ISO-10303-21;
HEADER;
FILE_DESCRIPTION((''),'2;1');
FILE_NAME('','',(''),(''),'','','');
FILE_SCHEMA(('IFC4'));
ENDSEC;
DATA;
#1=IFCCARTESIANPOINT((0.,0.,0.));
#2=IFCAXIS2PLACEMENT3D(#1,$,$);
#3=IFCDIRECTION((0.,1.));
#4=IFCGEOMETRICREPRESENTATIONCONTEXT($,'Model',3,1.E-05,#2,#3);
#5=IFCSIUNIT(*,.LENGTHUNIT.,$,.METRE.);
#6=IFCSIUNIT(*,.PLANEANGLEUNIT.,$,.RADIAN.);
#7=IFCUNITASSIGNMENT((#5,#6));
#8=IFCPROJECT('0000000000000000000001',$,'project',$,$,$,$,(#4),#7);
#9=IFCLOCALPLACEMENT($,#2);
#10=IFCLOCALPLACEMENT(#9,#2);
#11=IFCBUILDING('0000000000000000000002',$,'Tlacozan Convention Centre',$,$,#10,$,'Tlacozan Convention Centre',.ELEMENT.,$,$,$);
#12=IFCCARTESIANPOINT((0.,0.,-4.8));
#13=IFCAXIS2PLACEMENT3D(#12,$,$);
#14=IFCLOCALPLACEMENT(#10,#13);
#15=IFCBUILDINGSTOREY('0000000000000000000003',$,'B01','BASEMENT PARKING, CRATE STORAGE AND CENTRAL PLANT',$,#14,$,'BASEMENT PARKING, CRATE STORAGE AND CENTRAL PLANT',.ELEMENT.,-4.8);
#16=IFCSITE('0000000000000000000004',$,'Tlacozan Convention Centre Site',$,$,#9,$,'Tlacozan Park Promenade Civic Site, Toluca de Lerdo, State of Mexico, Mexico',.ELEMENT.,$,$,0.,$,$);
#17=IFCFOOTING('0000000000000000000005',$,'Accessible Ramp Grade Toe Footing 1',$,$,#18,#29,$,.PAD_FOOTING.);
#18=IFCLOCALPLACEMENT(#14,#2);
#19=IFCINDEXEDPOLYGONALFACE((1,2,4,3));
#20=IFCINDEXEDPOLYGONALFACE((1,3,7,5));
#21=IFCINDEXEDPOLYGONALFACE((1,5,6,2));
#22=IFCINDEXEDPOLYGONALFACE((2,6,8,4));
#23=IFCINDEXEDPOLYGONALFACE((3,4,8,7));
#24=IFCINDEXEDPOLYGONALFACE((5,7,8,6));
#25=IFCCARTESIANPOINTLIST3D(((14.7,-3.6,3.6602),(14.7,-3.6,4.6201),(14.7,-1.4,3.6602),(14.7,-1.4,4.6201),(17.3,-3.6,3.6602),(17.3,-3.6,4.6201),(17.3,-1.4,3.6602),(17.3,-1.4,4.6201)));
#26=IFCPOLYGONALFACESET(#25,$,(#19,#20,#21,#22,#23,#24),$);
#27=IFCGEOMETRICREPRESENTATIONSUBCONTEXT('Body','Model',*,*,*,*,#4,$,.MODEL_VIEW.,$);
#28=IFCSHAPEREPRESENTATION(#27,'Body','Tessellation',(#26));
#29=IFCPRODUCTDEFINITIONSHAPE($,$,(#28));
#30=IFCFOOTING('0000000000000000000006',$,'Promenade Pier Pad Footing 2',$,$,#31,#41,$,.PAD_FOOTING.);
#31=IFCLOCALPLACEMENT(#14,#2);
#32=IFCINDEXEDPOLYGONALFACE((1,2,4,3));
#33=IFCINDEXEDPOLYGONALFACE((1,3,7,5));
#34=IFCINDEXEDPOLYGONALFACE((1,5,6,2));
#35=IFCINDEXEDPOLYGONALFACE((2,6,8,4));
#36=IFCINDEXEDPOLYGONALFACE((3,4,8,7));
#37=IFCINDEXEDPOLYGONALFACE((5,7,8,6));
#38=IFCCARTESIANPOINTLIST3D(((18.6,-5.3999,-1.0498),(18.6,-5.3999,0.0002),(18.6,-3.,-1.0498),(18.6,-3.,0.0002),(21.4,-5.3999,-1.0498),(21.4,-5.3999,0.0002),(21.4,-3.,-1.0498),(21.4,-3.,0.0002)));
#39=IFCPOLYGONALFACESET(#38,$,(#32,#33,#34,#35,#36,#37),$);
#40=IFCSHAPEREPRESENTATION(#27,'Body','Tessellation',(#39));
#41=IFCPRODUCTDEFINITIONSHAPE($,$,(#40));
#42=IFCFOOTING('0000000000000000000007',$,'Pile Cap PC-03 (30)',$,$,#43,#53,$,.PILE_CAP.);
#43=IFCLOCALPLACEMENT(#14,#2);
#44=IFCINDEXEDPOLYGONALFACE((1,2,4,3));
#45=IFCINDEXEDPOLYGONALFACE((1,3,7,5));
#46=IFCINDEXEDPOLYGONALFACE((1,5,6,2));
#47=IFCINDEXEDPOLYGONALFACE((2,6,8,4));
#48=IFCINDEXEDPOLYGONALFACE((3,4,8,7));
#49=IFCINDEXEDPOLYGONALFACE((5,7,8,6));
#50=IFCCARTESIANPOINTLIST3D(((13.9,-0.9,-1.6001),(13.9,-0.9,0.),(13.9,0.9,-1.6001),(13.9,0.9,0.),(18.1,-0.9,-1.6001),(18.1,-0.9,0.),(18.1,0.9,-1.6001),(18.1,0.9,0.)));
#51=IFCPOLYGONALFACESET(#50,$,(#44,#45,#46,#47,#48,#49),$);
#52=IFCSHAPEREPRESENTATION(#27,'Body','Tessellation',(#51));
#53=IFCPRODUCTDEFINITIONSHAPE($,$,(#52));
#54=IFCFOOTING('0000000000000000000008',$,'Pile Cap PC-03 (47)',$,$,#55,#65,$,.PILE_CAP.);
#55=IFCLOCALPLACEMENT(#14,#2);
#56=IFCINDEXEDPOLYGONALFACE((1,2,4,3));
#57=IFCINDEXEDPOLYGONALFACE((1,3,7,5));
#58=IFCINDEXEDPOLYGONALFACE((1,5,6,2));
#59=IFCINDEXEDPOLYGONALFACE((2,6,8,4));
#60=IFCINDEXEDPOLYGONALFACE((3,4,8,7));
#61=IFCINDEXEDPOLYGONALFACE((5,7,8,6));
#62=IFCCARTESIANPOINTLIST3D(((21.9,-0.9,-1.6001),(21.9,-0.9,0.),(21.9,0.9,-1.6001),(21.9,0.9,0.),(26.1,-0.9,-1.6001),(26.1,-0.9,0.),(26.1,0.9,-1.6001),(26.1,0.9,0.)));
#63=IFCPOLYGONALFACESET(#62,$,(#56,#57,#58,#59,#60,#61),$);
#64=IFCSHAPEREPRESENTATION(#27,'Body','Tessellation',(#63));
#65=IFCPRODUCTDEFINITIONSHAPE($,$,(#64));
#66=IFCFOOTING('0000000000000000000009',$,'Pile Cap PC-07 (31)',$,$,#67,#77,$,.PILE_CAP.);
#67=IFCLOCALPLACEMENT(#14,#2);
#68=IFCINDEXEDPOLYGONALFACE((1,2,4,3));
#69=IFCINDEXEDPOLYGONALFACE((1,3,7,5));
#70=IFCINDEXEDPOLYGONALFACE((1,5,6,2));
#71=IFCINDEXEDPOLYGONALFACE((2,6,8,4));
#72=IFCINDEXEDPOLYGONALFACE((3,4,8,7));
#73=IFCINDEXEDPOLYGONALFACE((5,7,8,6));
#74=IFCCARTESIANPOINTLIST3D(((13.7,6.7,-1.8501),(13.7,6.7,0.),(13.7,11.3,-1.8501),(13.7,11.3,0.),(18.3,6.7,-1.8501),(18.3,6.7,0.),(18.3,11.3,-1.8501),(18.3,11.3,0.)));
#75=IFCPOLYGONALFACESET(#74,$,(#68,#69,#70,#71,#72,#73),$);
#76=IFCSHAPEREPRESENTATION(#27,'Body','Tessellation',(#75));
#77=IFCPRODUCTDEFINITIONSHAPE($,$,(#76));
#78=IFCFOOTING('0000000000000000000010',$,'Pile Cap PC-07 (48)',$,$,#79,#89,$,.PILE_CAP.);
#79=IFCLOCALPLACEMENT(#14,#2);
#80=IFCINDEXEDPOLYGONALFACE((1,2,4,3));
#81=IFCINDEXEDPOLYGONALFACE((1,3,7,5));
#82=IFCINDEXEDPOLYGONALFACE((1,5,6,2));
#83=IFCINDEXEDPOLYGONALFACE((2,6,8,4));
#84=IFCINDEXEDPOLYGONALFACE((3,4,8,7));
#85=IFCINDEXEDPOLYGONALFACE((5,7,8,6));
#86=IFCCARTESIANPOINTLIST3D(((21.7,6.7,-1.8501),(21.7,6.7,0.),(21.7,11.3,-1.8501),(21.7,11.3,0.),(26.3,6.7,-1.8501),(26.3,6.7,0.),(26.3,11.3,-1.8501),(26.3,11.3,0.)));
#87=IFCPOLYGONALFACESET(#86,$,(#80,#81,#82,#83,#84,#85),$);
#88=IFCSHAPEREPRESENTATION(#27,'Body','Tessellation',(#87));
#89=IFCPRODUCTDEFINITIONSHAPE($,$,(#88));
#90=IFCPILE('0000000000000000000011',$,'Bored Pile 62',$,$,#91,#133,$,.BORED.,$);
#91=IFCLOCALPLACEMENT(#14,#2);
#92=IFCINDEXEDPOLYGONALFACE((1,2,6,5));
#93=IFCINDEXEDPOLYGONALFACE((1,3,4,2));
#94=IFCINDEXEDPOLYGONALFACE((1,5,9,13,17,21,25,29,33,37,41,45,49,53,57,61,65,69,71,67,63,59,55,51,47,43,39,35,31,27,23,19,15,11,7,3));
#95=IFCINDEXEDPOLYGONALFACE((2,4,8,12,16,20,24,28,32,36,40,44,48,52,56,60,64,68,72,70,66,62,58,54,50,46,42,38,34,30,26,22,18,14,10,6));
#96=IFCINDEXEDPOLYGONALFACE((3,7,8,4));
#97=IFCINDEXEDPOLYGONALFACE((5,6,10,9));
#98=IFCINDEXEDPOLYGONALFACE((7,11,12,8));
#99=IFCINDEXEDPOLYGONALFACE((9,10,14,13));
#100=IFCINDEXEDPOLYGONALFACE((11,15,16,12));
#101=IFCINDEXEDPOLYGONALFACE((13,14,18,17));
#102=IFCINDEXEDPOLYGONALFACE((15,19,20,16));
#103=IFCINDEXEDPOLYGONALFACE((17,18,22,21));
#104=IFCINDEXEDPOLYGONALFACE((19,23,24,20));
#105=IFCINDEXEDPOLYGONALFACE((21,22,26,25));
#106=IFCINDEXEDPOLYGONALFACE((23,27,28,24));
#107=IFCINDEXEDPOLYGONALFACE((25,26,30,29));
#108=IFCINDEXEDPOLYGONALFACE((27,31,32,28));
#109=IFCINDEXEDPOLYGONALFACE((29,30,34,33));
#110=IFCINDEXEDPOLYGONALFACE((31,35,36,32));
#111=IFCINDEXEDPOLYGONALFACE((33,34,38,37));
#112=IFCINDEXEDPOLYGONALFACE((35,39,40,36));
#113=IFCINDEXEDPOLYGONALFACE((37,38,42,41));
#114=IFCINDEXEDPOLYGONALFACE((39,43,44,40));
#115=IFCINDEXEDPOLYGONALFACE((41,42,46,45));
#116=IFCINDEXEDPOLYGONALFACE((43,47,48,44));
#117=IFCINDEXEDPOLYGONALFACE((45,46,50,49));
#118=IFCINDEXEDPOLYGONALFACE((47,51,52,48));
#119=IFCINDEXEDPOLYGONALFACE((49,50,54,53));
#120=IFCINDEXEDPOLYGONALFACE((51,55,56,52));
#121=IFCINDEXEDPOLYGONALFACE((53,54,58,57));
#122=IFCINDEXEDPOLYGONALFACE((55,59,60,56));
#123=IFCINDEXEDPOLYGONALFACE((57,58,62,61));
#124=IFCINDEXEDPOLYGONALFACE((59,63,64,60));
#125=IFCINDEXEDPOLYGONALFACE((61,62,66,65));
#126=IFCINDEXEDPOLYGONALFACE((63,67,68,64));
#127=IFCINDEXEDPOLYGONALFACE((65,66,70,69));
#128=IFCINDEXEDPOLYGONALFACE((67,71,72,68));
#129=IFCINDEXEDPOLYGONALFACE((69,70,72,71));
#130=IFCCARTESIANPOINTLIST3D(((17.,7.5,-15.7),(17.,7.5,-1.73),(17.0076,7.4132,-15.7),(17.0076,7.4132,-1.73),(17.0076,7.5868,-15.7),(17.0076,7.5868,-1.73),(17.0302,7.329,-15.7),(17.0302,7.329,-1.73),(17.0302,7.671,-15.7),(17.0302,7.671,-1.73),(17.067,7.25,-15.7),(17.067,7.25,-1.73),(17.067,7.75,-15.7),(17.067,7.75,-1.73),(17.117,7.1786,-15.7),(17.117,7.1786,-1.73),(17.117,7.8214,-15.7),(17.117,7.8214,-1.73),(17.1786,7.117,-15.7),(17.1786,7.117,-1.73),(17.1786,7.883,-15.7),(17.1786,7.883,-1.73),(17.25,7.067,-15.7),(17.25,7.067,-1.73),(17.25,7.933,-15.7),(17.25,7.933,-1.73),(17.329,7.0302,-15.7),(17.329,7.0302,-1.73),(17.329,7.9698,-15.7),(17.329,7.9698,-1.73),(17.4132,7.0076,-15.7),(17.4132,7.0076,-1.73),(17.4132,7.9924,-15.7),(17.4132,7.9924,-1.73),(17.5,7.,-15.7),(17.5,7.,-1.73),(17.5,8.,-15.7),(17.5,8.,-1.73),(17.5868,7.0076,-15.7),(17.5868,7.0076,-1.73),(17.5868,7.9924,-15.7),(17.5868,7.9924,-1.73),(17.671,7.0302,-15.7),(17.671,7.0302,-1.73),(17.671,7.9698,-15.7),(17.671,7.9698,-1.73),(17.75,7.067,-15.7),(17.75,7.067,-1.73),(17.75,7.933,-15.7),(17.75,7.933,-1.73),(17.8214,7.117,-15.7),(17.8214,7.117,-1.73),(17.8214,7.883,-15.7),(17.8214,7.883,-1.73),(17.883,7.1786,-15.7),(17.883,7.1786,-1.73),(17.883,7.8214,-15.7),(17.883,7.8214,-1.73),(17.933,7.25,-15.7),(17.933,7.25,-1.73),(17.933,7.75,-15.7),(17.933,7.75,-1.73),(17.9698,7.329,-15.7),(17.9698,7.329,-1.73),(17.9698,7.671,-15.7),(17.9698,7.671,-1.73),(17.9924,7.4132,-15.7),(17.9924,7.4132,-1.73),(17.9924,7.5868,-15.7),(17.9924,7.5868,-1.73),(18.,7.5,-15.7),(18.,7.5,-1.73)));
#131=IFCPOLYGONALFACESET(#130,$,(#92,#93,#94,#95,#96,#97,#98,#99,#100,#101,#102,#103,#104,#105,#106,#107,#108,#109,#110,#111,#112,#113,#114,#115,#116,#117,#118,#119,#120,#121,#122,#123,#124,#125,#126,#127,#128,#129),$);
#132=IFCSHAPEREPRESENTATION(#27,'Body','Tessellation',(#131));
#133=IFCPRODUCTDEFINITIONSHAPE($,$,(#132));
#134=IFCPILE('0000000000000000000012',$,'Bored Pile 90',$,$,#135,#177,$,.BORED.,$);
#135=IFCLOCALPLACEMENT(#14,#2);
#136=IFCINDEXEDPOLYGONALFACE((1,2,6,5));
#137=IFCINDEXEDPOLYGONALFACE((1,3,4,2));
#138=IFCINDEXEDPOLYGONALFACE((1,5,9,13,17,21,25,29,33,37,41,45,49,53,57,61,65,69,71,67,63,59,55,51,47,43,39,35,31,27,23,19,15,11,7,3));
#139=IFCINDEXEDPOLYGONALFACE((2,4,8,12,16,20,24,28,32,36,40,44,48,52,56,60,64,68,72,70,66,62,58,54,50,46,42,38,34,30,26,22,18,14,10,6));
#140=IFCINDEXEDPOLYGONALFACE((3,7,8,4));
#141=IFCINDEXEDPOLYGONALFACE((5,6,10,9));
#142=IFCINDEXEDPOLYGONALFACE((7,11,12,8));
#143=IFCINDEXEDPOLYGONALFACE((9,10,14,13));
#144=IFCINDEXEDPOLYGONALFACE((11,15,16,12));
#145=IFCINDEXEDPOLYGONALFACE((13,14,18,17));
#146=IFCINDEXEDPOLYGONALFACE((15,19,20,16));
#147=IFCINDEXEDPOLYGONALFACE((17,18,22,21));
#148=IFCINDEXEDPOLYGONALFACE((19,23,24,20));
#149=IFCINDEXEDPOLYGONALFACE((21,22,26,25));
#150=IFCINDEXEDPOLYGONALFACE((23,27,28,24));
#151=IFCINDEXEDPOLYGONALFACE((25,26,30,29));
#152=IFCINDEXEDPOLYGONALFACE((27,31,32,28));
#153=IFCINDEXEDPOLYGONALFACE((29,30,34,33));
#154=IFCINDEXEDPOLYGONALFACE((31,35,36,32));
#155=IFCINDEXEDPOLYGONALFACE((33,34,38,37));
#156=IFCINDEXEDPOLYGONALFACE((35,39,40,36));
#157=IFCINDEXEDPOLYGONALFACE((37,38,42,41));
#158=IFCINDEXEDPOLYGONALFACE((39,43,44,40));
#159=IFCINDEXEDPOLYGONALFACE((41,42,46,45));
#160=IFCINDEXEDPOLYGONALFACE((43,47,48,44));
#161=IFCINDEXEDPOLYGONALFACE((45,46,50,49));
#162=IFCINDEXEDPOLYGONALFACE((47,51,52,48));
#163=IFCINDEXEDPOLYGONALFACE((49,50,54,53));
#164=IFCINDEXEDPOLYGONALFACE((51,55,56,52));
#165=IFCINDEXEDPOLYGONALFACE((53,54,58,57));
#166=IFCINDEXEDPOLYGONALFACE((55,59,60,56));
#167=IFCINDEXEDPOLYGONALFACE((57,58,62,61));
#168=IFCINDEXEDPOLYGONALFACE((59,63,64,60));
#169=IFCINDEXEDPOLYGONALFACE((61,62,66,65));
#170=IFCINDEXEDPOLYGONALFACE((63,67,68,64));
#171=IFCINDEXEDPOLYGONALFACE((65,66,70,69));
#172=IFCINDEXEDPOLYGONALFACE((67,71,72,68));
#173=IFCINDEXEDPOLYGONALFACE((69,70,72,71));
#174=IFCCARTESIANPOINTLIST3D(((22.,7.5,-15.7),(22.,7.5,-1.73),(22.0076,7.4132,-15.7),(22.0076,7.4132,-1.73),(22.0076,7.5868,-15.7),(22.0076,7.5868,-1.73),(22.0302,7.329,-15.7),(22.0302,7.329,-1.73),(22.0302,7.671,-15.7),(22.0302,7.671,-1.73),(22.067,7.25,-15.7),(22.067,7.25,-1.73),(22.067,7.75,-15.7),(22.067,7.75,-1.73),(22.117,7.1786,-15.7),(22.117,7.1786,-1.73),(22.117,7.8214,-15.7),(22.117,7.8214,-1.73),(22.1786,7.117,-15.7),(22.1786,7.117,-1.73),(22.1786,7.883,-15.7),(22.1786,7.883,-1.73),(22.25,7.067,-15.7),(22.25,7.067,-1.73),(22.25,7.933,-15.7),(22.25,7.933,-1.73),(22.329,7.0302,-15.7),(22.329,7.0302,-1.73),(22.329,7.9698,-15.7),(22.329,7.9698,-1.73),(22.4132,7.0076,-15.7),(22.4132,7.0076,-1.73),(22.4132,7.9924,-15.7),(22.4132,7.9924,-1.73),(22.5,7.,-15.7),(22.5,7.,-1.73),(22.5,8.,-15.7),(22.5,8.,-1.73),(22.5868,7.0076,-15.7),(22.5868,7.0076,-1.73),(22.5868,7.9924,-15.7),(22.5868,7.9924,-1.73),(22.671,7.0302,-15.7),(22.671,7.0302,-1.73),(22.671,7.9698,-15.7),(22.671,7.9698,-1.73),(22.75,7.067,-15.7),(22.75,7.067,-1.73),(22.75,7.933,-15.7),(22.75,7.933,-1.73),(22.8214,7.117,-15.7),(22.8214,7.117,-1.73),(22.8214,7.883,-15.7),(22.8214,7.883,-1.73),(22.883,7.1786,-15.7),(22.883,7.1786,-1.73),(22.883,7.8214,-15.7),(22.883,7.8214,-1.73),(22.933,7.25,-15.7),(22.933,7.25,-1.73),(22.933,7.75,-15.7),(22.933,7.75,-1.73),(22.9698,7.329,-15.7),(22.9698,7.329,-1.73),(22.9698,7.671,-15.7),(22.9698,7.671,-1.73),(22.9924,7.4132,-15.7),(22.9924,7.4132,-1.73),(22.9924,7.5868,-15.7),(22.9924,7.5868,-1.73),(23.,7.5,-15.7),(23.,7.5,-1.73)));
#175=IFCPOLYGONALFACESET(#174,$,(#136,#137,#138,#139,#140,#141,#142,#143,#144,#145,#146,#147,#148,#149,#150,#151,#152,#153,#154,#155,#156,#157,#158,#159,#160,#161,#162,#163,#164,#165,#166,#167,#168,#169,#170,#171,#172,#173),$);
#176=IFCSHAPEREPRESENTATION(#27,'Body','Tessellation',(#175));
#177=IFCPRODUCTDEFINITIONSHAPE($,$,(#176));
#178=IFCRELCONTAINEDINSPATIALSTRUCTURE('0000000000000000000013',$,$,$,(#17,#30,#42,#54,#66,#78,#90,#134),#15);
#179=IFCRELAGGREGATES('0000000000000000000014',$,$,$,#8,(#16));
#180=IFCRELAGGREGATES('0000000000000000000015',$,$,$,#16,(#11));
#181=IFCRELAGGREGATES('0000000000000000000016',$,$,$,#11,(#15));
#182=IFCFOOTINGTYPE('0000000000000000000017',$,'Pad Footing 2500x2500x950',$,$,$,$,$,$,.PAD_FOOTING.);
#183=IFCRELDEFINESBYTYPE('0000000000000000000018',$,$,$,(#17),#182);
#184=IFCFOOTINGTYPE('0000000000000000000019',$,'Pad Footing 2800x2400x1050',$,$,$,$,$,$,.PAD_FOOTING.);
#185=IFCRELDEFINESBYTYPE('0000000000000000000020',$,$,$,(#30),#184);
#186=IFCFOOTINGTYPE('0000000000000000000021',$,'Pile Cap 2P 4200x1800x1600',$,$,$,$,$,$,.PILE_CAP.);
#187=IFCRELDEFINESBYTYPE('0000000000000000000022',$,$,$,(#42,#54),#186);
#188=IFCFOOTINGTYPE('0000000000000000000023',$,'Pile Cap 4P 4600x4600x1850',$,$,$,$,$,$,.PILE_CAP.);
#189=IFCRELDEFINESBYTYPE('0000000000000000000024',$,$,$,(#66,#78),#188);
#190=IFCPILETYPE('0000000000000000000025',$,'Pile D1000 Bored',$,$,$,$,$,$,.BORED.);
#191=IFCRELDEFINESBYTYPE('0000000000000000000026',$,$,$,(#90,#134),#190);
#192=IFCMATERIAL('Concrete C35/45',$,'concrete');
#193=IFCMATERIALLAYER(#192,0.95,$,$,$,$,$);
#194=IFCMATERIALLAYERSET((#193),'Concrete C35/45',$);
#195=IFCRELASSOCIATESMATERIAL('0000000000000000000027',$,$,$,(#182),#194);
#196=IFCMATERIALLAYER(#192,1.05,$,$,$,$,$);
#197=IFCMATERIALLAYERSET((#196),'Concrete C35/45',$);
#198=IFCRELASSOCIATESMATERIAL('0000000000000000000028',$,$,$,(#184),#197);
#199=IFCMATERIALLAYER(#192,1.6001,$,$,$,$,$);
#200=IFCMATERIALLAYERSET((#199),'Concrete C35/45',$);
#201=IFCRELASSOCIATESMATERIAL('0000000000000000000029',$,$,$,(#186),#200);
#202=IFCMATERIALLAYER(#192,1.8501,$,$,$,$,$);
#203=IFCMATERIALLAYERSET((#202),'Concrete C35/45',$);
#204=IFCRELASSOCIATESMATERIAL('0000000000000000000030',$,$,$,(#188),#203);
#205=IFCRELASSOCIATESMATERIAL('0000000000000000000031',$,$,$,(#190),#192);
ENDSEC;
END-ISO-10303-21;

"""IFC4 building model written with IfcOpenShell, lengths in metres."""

from ifc_helpers import new_model, si_unit, direction, frame, origin, origin_2d, place, context, subcontext, project, spatial, rectangle, circle, extrude, material, layer, layer_set, material_profile, profile_set, type_object, element, save


model = new_model("IFC4")

# Units and contexts
model_context = context("Model", 3, precision=1e-05, world=origin(), true_north=direction((0.0, 1.0)))
body_context = subcontext(model_context, "Body", "Model", "MODEL_VIEW")
ifc_project = project(units=[si_unit("LENGTHUNIT", "METRE"), si_unit("PLANEANGLEUNIT", "RADIAN")], contexts=[model_context])

# Site, building, storey
site_placement = place(None, origin())
site = spatial("IfcSite", under=ifc_project, at=site_placement, Name="Tlacozan Convention Centre Site", LongName="Tlacozan Park Promenade Civic Site, Toluca de Lerdo, State of Mexico, Mexico", CompositionType="ELEMENT", RefElevation=0.0)
building_placement = place(site_placement, origin())
building = spatial("IfcBuilding", under=site, at=building_placement, Name="Tlacozan Convention Centre", LongName="Tlacozan Convention Centre", CompositionType="ELEMENT")
storey_placement = place(building_placement, frame((0.0, 0.0, -4.8)))
storey = spatial("IfcBuildingStorey", under=building, at=storey_placement, Name="B01", Description="BASEMENT PARKING, CRATE STORAGE AND CENTRAL PLANT", LongName="BASEMENT PARKING, CRATE STORAGE AND CENTRAL PLANT", CompositionType="ELEMENT", Elevation=-4.8)

# Footings
ifc_material_1 = material(Name="Concrete C35/45", Category="concrete")
ifc_layer_1 = layer(ifc_material_1, 0.95)
ifc_layer_set_1 = layer_set([ifc_layer_1], Name="Concrete C35/45")
footing_type_1 = type_object("IfcFootingType", Name="Pad Footing 2500x2500x950", PredefinedType="PAD_FOOTING", material=ifc_layer_set_1)
footing_1_placement = place(storey_placement, frame((16.0, -2.5, 3.6602), z_axis=(0.0, 0.0, 1.0), x_axis=(1.0, 0.0, 0.0)))
element("IfcFooting", 1, at=footing_1_placement, inside=storey, type_object=footing_type_1, Name="Accessible Ramp Grade Toe Footing 1", PredefinedType="PAD_FOOTING", context=body_context, shape_type="SweptSolid", body=[
    extrude(rectangle(XDim=2.6001, YDim=2.2, at=origin_2d()), origin(), (0.0, 0.0, 1.0), 0.96),
])
ifc_layer_2 = layer(ifc_material_1, 1.05)
ifc_layer_set_2 = layer_set([ifc_layer_2], Name="Concrete C35/45")
footing_type_2 = type_object("IfcFootingType", Name="Pad Footing 2800x2400x1050", PredefinedType="PAD_FOOTING", material=ifc_layer_set_2)
footing_2_placement = place(storey_placement, frame((20.0, -4.2, -1.0498), z_axis=(0.0, 0.0, 1.0), x_axis=(1.0, 0.0, 0.0)))
element("IfcFooting", 2, at=footing_2_placement, inside=storey, type_object=footing_type_2, Name="Promenade Pier Pad Footing 2", PredefinedType="PAD_FOOTING", context=body_context, shape_type="SweptSolid", body=[
    extrude(rectangle(XDim=2.8, YDim=2.3999, at=origin_2d()), origin(), (0.0, 0.0, 1.0), 1.05),
])
ifc_layer_3 = layer(ifc_material_1, 1.6001)
ifc_layer_set_3 = layer_set([ifc_layer_3], Name="Concrete C35/45")
footing_type_3 = type_object("IfcFootingType", Name="Pile Cap 2P 4200x1800x1600", PredefinedType="PILE_CAP", material=ifc_layer_set_3)
for number, where, z_axis, x_axis, name in (
    (3, (16.0, 0.0, -1.6001), (0.0, 0.0, 1.0), (1.0, 0.0, 0.0), "Pile Cap PC-03 (30)"),
    (4, (24.0, 0.0, -1.6001), (0.0, 0.0, 1.0), (1.0, 0.0, 0.0), "Pile Cap PC-03 (47)"),
):
    element("IfcFooting", number, at=place(storey_placement, frame(where, z_axis=z_axis, x_axis=x_axis)), inside=storey, type_object=footing_type_3, Name=name, PredefinedType="PILE_CAP", context=body_context, shape_type="SweptSolid", body=[
        extrude(rectangle(XDim=4.2, YDim=1.8, at=origin_2d()), origin(), (0.0, 0.0, 1.0), 1.6001),
    ])
ifc_layer_4 = layer(ifc_material_1, 1.8501)
ifc_layer_set_4 = layer_set([ifc_layer_4], Name="Concrete C35/45")
footing_type_4 = type_object("IfcFootingType", Name="Pile Cap 4P 4600x4600x1850", PredefinedType="PILE_CAP", material=ifc_layer_set_4)
for number, where, z_axis, x_axis, name in (
    (5, (16.0, 9.0, -1.8501), (0.0, 0.0, 1.0), (1.0, 0.0, 0.0), "Pile Cap PC-07 (31)"),
    (6, (24.0, 9.0, -1.8501), (0.0, 0.0, 1.0), (1.0, 0.0, 0.0), "Pile Cap PC-07 (48)"),
):
    element("IfcFooting", number, at=place(storey_placement, frame(where, z_axis=z_axis, x_axis=x_axis)), inside=storey, type_object=footing_type_4, Name=name, PredefinedType="PILE_CAP", context=body_context, shape_type="SweptSolid", body=[
        extrude(rectangle(XDim=4.6001, YDim=4.6001, at=origin_2d()), origin(), (0.0, 0.0, 1.0), 1.8501),
    ])

# Piles
ifc_material_profile_1 = material_profile(ifc_material_1, circle(Radius=0.5, at=origin_2d()), Name="PILE D1000")
ifc_profile_set_1 = profile_set([ifc_material_profile_1], Name="Concrete C35/45")
pile_type_1 = type_object("IfcPileType", Name="Pile D1000 Bored", PredefinedType="BORED", material=ifc_profile_set_1)
for number, where, z_axis, x_axis, name in (
    (7, (17.5, 7.5, -1.73), (0.0, 0.0, -1.0), (1.0, 0.0, 0.0), "Bored Pile 62"),
    (8, (22.5, 7.5, -1.73), (0.0, 0.0, -1.0), (1.0, 0.0, 0.0), "Bored Pile 90"),
):
    element("IfcPile", number, at=place(storey_placement, frame(where, z_axis=z_axis, x_axis=x_axis)), inside=storey, type_object=pile_type_1, Name=name, PredefinedType="BORED", context=body_context, shape_type="SweptSolid", body=[
        extrude(circle(Radius=0.5, at=origin_2d()), origin(), (0.0, 0.0, 1.0), 13.97),
    ])

save(model, "model.ifc")
